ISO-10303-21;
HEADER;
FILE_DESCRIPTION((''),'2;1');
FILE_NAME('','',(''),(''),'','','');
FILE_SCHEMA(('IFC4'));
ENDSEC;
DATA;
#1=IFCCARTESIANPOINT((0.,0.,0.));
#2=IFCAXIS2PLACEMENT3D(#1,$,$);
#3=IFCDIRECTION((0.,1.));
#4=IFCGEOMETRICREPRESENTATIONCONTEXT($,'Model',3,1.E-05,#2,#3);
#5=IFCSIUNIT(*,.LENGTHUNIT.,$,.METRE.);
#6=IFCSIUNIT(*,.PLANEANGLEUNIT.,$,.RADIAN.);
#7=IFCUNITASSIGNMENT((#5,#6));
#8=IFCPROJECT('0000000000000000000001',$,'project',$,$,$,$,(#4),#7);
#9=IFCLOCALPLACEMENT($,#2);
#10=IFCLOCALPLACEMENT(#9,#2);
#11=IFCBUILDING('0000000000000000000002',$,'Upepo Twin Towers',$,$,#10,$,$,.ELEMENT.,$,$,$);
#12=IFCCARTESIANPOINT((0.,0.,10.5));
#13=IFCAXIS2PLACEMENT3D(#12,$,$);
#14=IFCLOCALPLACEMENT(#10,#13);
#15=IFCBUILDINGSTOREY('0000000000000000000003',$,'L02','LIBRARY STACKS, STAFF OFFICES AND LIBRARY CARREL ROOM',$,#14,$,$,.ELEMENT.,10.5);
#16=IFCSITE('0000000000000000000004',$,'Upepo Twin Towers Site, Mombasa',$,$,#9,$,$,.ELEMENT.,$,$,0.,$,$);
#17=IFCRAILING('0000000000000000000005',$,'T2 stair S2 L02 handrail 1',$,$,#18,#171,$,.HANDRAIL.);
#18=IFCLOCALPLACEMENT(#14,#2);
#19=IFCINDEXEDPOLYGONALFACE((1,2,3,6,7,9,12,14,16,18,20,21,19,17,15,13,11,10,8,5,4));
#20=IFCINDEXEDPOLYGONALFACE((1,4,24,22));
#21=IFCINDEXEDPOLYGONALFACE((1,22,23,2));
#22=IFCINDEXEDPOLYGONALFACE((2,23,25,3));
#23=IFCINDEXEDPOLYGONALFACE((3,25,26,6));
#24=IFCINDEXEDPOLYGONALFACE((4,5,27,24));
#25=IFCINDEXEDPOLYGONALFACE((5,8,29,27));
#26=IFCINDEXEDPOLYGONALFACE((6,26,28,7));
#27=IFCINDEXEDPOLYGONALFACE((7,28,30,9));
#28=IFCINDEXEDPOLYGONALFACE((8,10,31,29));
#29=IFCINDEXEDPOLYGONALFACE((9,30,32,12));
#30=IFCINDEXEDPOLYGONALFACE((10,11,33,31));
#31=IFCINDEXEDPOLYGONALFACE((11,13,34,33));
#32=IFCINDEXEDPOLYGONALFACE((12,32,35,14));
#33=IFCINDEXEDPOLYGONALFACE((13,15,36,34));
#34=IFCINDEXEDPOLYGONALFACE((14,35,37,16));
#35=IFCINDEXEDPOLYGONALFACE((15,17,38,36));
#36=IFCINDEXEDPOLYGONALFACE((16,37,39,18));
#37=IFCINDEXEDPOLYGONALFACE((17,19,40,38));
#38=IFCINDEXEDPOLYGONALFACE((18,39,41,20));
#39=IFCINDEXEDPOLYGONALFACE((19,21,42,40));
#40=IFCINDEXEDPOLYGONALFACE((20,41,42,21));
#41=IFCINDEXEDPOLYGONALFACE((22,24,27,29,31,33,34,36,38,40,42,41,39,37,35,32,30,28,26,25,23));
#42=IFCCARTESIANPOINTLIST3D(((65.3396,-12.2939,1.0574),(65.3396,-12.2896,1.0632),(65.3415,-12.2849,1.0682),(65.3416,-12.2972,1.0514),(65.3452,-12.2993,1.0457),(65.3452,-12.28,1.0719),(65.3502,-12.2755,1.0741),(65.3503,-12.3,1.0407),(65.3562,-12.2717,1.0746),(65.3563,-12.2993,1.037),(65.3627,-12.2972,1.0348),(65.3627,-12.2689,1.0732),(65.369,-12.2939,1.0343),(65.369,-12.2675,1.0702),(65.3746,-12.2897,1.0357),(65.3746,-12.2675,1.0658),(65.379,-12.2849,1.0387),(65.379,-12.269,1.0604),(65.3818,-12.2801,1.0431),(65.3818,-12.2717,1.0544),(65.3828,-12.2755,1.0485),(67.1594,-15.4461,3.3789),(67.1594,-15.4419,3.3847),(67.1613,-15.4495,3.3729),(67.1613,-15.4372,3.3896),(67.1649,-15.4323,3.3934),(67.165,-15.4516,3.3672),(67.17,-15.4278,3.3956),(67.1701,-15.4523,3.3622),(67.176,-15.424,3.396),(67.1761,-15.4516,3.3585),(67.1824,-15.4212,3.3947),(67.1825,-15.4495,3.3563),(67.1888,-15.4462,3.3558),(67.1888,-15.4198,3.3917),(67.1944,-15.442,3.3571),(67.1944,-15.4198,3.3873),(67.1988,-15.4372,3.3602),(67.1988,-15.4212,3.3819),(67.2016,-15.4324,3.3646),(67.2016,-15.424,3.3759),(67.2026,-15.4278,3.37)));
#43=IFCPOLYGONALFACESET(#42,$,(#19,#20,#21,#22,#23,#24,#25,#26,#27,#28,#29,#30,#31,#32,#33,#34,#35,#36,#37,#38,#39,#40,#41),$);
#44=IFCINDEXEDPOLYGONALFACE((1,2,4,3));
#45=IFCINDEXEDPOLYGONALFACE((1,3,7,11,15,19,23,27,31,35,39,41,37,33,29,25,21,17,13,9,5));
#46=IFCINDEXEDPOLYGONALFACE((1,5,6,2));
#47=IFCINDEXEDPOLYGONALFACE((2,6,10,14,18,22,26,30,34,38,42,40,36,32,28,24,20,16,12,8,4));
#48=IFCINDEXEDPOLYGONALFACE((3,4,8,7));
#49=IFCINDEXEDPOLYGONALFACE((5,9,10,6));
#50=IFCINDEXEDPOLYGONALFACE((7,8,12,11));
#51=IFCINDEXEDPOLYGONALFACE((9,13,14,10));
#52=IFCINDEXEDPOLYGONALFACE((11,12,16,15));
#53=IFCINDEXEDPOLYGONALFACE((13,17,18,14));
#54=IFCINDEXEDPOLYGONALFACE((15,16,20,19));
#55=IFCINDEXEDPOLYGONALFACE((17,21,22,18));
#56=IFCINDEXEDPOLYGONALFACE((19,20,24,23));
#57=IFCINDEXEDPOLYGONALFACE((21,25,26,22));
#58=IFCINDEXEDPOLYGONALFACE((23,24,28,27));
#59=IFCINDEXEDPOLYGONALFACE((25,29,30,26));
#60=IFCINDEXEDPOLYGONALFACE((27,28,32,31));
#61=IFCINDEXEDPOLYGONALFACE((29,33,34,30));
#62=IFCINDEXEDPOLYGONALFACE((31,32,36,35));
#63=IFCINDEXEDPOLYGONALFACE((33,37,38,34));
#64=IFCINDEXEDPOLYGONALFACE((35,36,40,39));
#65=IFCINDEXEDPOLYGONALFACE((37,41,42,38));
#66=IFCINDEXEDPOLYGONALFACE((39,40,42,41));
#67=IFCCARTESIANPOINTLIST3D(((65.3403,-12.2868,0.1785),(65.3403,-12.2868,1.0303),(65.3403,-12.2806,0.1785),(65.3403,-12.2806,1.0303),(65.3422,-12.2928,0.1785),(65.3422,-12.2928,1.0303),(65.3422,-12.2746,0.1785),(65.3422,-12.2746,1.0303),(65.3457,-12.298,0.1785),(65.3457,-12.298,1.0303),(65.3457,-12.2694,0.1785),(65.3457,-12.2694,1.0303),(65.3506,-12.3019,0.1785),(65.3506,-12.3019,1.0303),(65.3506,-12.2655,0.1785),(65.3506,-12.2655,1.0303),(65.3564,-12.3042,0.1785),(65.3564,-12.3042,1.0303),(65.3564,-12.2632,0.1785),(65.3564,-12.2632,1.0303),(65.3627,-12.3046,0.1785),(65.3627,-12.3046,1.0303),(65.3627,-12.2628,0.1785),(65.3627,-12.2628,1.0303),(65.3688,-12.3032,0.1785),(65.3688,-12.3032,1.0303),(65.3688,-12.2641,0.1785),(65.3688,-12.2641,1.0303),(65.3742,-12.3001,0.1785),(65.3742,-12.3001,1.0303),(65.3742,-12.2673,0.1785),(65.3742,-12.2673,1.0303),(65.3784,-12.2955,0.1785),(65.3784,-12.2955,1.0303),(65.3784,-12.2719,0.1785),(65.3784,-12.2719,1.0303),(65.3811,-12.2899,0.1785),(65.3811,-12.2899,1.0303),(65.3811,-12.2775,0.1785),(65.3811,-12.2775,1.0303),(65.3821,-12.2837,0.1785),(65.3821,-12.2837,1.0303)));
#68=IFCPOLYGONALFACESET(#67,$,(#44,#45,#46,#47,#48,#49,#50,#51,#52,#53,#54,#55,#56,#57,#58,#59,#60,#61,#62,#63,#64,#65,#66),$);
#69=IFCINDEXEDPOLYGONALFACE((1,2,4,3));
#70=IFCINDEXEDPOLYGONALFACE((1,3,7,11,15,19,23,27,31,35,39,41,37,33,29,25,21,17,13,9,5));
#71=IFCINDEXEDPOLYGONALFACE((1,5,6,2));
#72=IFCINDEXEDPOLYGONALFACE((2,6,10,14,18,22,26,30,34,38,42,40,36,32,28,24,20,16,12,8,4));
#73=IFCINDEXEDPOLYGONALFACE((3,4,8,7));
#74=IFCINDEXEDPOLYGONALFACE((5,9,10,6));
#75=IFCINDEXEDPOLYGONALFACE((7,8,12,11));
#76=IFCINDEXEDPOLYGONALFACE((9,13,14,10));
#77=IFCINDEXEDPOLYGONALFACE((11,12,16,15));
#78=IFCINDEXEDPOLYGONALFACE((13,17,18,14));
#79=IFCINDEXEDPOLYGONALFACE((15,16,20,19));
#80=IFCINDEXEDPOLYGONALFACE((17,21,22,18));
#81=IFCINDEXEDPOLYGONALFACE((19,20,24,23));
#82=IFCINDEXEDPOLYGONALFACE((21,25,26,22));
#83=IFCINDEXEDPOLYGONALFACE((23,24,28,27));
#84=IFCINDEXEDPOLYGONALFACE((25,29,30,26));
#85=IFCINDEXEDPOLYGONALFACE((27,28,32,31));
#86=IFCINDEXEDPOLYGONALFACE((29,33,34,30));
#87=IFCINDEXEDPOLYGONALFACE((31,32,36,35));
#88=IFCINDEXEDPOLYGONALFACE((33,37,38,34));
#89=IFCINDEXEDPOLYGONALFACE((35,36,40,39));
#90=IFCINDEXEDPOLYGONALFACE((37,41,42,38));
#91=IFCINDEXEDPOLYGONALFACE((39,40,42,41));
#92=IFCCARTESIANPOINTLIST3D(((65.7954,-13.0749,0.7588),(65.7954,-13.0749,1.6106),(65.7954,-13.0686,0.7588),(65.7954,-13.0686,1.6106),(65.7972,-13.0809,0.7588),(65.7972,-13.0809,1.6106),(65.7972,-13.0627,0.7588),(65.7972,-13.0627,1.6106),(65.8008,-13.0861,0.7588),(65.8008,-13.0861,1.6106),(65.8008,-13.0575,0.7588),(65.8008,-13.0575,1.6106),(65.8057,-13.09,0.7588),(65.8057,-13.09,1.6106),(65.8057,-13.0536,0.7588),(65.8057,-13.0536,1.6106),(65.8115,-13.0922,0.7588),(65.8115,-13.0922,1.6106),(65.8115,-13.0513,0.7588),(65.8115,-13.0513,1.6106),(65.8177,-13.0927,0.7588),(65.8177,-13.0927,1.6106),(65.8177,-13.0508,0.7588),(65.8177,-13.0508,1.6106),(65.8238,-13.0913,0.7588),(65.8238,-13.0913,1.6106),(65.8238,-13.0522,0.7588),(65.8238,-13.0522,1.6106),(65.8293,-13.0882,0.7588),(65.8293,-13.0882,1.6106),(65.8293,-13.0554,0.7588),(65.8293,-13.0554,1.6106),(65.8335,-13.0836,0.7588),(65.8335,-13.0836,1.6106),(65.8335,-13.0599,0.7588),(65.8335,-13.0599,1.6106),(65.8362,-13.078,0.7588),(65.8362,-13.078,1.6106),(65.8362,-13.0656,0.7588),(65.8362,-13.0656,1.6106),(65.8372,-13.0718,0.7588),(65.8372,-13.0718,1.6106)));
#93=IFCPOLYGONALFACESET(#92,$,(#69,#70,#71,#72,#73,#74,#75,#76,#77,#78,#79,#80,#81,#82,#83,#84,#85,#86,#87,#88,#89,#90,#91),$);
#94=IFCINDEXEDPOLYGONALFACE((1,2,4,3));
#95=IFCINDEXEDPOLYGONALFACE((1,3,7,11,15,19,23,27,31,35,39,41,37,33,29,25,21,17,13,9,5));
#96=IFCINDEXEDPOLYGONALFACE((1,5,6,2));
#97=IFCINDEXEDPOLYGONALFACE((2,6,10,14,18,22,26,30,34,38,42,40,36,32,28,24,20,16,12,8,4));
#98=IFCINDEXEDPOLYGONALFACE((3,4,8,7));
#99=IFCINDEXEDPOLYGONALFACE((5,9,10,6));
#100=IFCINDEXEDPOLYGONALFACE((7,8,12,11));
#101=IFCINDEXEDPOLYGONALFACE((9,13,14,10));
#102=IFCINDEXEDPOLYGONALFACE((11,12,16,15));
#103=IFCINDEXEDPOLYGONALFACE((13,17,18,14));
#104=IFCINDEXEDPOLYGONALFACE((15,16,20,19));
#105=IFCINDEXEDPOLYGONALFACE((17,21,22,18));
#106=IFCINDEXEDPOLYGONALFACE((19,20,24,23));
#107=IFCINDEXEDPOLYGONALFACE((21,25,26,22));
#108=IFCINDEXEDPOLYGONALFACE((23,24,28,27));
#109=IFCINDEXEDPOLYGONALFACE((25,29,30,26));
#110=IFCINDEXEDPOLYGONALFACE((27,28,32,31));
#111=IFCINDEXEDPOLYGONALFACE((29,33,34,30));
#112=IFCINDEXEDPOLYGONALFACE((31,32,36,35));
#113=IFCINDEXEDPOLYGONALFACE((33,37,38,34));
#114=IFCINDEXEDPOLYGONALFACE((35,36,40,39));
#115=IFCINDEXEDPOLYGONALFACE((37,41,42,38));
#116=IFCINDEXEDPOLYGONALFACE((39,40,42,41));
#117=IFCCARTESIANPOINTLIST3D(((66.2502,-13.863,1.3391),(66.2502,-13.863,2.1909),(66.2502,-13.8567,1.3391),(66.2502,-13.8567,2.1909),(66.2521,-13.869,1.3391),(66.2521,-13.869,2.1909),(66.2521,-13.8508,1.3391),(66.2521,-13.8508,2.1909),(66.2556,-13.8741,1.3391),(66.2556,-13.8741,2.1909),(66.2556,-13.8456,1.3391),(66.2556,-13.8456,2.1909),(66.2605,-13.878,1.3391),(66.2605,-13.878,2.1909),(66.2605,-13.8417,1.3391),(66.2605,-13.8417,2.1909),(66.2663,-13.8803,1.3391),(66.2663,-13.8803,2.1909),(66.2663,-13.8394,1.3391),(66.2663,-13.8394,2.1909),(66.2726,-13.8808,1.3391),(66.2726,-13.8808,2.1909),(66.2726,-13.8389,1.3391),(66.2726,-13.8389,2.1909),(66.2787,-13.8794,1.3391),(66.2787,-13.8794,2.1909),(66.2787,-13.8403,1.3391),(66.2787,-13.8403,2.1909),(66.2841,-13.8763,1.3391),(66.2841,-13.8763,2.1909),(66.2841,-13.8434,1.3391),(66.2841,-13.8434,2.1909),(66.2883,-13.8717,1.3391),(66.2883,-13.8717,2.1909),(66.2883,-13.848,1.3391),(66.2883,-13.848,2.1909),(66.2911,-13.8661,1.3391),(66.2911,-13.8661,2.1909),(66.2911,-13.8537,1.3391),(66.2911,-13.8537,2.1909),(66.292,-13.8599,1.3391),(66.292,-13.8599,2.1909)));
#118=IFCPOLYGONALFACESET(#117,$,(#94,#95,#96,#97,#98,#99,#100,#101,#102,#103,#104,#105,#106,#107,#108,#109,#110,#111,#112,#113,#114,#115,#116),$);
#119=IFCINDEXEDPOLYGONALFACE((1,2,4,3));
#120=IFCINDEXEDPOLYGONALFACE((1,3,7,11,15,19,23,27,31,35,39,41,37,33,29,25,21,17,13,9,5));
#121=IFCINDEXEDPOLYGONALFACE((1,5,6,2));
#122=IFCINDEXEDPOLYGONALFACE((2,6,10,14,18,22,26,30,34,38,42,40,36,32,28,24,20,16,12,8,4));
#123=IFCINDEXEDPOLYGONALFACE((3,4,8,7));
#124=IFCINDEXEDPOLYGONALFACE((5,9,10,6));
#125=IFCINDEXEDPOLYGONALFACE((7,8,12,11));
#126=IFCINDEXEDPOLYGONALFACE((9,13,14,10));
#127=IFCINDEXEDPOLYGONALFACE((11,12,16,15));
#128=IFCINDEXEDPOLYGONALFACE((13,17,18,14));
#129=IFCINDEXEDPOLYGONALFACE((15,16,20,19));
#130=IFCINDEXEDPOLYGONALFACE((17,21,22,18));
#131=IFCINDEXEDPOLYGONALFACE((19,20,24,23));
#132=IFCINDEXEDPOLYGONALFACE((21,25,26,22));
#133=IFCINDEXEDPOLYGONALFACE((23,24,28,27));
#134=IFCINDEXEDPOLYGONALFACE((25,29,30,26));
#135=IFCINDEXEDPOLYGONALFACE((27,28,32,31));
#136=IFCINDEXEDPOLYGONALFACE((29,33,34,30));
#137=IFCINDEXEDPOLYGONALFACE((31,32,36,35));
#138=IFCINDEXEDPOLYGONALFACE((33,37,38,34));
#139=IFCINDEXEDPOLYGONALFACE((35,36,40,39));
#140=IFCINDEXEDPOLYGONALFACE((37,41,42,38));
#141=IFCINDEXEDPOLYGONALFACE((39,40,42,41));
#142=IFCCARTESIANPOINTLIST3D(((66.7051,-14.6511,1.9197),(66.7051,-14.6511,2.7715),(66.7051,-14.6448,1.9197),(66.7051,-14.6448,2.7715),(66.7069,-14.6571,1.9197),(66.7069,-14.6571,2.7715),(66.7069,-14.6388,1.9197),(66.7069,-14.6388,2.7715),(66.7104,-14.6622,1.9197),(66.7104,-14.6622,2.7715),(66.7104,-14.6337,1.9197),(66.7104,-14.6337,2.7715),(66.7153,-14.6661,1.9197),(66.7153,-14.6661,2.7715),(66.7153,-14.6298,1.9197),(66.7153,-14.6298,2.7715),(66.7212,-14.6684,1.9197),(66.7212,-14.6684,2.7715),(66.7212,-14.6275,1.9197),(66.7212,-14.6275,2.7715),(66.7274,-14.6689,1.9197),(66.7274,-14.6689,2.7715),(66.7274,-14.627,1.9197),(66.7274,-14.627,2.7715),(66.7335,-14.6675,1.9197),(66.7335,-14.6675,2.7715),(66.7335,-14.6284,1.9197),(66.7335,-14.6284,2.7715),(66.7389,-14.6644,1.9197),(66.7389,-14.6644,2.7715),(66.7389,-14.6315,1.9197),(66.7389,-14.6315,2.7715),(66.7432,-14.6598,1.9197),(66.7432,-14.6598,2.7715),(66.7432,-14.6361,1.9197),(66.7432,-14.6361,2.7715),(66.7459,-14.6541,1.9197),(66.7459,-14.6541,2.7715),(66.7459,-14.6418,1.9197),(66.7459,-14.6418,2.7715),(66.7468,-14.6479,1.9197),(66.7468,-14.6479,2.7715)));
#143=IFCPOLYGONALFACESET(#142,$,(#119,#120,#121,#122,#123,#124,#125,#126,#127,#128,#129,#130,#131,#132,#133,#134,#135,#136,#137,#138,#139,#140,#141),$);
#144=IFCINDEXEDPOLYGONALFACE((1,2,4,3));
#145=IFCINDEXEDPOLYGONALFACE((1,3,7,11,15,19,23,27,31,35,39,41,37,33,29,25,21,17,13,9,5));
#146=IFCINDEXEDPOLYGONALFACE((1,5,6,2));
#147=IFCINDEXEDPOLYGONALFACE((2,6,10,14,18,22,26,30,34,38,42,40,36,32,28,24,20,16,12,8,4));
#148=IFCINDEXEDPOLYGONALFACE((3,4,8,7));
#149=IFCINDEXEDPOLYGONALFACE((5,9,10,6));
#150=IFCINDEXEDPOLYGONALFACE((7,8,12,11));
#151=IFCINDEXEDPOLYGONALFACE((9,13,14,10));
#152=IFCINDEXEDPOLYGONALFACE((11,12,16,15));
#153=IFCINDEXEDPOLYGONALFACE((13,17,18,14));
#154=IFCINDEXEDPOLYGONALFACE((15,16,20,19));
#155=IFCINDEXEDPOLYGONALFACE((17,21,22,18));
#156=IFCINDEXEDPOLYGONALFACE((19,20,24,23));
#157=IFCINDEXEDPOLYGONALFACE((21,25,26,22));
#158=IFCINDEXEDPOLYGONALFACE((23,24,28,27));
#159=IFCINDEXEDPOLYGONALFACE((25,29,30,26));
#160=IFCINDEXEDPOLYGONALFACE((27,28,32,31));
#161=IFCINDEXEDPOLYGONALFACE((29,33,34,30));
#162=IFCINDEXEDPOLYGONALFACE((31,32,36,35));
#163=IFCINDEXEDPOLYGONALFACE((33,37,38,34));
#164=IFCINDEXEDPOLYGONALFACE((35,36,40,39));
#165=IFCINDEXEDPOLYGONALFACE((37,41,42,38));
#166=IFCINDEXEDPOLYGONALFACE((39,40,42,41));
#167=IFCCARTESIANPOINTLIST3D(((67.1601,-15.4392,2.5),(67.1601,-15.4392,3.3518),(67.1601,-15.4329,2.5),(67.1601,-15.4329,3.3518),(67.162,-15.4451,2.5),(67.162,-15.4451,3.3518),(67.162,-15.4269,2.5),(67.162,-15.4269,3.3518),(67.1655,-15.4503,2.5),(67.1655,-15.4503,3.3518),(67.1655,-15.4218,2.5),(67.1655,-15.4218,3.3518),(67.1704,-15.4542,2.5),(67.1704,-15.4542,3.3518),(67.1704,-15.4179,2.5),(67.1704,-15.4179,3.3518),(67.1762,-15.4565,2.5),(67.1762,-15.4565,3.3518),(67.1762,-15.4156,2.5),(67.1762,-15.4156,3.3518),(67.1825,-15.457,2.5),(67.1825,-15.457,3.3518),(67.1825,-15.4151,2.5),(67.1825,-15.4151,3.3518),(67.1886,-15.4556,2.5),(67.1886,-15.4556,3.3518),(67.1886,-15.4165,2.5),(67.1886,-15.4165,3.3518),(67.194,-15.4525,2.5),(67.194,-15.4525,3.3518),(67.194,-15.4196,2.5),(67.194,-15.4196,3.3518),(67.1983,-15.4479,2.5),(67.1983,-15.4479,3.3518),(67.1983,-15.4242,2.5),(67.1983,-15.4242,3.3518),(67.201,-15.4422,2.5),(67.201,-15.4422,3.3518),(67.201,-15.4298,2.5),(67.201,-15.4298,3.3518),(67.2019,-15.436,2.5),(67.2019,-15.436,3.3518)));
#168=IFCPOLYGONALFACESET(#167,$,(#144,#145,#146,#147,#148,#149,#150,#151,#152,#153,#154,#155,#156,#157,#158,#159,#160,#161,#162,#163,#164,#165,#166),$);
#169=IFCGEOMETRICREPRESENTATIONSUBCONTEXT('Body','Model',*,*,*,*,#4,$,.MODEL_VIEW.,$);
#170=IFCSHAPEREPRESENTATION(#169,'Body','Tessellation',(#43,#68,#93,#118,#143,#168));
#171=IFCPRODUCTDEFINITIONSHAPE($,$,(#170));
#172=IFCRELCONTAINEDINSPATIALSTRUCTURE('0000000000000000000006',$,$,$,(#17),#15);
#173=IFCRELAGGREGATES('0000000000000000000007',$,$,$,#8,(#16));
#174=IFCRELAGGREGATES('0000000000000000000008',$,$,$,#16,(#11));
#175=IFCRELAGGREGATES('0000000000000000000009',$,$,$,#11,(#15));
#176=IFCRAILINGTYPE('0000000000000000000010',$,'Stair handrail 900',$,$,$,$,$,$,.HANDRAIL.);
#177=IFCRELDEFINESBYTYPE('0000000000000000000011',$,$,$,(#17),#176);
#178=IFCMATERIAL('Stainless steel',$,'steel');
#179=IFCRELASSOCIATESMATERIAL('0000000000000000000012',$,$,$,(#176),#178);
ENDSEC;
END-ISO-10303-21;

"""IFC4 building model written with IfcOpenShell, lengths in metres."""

from ifc_helpers import new_model, si_unit, direction, frame, origin, origin_2d, place, context, subcontext, project, spatial, circle, extrude, material, type_object, element, save


model = new_model("IFC4")

# Units and contexts
model_context = context("Model", 3, precision=1e-05, world=origin(), true_north=direction((0.0, 1.0)))
body_context = subcontext(model_context, "Body", "Model", "MODEL_VIEW")
ifc_project = project(units=[si_unit("LENGTHUNIT", "METRE"), si_unit("PLANEANGLEUNIT", "RADIAN")], contexts=[model_context])

# Site, building, storey
site_placement = place(None, origin())
site = spatial("IfcSite", under=ifc_project, at=site_placement, Name="Upepo Twin Towers Site, Mombasa", CompositionType="ELEMENT", RefElevation=0.0)
building_placement = place(site_placement, origin())
building = spatial("IfcBuilding", under=site, at=building_placement, Name="Upepo Twin Towers", CompositionType="ELEMENT")
storey_placement = place(building_placement, frame((0.0, 0.0, 10.5)))
storey = spatial("IfcBuildingStorey", under=building, at=storey_placement, Name="L02", Description="LIBRARY STACKS, STAFF OFFICES AND LIBRARY CARREL ROOM", CompositionType="ELEMENT", Elevation=10.5)

# Railing
ifc_material_1 = material(Name="Stainless steel", Category="steel")
railing_type = type_object("IfcRailingType", Name="Stair handrail 900", PredefinedType="HANDRAIL", material=ifc_material_1)
railing_1_placement = place(storey_placement, frame((65.3611, -12.2837, 0.1785)))
element("IfcRailing", 1, at=railing_1_placement, inside=storey, type_object=railing_type, Name="T2 stair S2 L02 handrail 1", PredefinedType="HANDRAIL", context=body_context, shape_type="SweptSolid", body=[
    extrude(circle(Radius=0.0239, at=origin_2d()), frame((0.0, 0.0, 0.876), z_axis=(0.421525, -0.730176, 0.537736), x_axis=(0.866047, 0.499962, 0.0)), (0.0, 0.0, 1.0), 4.3171),
    extrude(circle(Radius=0.021, at=origin_2d()), origin(), (0.0, 0.0, 1.0), 0.8518),
    extrude(circle(Radius=0.021, at=origin_2d()), frame((0.4551, -0.7881, 0.5803)), (0.0, 0.0, 1.0), 0.8518),
    extrude(circle(Radius=0.021, at=origin_2d()), frame((0.9099, -1.5762, 1.1606)), (0.0, 0.0, 1.0), 0.8518),
    extrude(circle(Radius=0.021, at=origin_2d()), frame((1.3647, -2.3643, 1.7412)), (0.0, 0.0, 1.0), 0.8518),
    extrude(circle(Radius=0.021, at=origin_2d()), frame((1.8198, -3.1523, 2.3215)), (0.0, 0.0, 1.0), 0.8518),
])

save(model, "model.ifc")
